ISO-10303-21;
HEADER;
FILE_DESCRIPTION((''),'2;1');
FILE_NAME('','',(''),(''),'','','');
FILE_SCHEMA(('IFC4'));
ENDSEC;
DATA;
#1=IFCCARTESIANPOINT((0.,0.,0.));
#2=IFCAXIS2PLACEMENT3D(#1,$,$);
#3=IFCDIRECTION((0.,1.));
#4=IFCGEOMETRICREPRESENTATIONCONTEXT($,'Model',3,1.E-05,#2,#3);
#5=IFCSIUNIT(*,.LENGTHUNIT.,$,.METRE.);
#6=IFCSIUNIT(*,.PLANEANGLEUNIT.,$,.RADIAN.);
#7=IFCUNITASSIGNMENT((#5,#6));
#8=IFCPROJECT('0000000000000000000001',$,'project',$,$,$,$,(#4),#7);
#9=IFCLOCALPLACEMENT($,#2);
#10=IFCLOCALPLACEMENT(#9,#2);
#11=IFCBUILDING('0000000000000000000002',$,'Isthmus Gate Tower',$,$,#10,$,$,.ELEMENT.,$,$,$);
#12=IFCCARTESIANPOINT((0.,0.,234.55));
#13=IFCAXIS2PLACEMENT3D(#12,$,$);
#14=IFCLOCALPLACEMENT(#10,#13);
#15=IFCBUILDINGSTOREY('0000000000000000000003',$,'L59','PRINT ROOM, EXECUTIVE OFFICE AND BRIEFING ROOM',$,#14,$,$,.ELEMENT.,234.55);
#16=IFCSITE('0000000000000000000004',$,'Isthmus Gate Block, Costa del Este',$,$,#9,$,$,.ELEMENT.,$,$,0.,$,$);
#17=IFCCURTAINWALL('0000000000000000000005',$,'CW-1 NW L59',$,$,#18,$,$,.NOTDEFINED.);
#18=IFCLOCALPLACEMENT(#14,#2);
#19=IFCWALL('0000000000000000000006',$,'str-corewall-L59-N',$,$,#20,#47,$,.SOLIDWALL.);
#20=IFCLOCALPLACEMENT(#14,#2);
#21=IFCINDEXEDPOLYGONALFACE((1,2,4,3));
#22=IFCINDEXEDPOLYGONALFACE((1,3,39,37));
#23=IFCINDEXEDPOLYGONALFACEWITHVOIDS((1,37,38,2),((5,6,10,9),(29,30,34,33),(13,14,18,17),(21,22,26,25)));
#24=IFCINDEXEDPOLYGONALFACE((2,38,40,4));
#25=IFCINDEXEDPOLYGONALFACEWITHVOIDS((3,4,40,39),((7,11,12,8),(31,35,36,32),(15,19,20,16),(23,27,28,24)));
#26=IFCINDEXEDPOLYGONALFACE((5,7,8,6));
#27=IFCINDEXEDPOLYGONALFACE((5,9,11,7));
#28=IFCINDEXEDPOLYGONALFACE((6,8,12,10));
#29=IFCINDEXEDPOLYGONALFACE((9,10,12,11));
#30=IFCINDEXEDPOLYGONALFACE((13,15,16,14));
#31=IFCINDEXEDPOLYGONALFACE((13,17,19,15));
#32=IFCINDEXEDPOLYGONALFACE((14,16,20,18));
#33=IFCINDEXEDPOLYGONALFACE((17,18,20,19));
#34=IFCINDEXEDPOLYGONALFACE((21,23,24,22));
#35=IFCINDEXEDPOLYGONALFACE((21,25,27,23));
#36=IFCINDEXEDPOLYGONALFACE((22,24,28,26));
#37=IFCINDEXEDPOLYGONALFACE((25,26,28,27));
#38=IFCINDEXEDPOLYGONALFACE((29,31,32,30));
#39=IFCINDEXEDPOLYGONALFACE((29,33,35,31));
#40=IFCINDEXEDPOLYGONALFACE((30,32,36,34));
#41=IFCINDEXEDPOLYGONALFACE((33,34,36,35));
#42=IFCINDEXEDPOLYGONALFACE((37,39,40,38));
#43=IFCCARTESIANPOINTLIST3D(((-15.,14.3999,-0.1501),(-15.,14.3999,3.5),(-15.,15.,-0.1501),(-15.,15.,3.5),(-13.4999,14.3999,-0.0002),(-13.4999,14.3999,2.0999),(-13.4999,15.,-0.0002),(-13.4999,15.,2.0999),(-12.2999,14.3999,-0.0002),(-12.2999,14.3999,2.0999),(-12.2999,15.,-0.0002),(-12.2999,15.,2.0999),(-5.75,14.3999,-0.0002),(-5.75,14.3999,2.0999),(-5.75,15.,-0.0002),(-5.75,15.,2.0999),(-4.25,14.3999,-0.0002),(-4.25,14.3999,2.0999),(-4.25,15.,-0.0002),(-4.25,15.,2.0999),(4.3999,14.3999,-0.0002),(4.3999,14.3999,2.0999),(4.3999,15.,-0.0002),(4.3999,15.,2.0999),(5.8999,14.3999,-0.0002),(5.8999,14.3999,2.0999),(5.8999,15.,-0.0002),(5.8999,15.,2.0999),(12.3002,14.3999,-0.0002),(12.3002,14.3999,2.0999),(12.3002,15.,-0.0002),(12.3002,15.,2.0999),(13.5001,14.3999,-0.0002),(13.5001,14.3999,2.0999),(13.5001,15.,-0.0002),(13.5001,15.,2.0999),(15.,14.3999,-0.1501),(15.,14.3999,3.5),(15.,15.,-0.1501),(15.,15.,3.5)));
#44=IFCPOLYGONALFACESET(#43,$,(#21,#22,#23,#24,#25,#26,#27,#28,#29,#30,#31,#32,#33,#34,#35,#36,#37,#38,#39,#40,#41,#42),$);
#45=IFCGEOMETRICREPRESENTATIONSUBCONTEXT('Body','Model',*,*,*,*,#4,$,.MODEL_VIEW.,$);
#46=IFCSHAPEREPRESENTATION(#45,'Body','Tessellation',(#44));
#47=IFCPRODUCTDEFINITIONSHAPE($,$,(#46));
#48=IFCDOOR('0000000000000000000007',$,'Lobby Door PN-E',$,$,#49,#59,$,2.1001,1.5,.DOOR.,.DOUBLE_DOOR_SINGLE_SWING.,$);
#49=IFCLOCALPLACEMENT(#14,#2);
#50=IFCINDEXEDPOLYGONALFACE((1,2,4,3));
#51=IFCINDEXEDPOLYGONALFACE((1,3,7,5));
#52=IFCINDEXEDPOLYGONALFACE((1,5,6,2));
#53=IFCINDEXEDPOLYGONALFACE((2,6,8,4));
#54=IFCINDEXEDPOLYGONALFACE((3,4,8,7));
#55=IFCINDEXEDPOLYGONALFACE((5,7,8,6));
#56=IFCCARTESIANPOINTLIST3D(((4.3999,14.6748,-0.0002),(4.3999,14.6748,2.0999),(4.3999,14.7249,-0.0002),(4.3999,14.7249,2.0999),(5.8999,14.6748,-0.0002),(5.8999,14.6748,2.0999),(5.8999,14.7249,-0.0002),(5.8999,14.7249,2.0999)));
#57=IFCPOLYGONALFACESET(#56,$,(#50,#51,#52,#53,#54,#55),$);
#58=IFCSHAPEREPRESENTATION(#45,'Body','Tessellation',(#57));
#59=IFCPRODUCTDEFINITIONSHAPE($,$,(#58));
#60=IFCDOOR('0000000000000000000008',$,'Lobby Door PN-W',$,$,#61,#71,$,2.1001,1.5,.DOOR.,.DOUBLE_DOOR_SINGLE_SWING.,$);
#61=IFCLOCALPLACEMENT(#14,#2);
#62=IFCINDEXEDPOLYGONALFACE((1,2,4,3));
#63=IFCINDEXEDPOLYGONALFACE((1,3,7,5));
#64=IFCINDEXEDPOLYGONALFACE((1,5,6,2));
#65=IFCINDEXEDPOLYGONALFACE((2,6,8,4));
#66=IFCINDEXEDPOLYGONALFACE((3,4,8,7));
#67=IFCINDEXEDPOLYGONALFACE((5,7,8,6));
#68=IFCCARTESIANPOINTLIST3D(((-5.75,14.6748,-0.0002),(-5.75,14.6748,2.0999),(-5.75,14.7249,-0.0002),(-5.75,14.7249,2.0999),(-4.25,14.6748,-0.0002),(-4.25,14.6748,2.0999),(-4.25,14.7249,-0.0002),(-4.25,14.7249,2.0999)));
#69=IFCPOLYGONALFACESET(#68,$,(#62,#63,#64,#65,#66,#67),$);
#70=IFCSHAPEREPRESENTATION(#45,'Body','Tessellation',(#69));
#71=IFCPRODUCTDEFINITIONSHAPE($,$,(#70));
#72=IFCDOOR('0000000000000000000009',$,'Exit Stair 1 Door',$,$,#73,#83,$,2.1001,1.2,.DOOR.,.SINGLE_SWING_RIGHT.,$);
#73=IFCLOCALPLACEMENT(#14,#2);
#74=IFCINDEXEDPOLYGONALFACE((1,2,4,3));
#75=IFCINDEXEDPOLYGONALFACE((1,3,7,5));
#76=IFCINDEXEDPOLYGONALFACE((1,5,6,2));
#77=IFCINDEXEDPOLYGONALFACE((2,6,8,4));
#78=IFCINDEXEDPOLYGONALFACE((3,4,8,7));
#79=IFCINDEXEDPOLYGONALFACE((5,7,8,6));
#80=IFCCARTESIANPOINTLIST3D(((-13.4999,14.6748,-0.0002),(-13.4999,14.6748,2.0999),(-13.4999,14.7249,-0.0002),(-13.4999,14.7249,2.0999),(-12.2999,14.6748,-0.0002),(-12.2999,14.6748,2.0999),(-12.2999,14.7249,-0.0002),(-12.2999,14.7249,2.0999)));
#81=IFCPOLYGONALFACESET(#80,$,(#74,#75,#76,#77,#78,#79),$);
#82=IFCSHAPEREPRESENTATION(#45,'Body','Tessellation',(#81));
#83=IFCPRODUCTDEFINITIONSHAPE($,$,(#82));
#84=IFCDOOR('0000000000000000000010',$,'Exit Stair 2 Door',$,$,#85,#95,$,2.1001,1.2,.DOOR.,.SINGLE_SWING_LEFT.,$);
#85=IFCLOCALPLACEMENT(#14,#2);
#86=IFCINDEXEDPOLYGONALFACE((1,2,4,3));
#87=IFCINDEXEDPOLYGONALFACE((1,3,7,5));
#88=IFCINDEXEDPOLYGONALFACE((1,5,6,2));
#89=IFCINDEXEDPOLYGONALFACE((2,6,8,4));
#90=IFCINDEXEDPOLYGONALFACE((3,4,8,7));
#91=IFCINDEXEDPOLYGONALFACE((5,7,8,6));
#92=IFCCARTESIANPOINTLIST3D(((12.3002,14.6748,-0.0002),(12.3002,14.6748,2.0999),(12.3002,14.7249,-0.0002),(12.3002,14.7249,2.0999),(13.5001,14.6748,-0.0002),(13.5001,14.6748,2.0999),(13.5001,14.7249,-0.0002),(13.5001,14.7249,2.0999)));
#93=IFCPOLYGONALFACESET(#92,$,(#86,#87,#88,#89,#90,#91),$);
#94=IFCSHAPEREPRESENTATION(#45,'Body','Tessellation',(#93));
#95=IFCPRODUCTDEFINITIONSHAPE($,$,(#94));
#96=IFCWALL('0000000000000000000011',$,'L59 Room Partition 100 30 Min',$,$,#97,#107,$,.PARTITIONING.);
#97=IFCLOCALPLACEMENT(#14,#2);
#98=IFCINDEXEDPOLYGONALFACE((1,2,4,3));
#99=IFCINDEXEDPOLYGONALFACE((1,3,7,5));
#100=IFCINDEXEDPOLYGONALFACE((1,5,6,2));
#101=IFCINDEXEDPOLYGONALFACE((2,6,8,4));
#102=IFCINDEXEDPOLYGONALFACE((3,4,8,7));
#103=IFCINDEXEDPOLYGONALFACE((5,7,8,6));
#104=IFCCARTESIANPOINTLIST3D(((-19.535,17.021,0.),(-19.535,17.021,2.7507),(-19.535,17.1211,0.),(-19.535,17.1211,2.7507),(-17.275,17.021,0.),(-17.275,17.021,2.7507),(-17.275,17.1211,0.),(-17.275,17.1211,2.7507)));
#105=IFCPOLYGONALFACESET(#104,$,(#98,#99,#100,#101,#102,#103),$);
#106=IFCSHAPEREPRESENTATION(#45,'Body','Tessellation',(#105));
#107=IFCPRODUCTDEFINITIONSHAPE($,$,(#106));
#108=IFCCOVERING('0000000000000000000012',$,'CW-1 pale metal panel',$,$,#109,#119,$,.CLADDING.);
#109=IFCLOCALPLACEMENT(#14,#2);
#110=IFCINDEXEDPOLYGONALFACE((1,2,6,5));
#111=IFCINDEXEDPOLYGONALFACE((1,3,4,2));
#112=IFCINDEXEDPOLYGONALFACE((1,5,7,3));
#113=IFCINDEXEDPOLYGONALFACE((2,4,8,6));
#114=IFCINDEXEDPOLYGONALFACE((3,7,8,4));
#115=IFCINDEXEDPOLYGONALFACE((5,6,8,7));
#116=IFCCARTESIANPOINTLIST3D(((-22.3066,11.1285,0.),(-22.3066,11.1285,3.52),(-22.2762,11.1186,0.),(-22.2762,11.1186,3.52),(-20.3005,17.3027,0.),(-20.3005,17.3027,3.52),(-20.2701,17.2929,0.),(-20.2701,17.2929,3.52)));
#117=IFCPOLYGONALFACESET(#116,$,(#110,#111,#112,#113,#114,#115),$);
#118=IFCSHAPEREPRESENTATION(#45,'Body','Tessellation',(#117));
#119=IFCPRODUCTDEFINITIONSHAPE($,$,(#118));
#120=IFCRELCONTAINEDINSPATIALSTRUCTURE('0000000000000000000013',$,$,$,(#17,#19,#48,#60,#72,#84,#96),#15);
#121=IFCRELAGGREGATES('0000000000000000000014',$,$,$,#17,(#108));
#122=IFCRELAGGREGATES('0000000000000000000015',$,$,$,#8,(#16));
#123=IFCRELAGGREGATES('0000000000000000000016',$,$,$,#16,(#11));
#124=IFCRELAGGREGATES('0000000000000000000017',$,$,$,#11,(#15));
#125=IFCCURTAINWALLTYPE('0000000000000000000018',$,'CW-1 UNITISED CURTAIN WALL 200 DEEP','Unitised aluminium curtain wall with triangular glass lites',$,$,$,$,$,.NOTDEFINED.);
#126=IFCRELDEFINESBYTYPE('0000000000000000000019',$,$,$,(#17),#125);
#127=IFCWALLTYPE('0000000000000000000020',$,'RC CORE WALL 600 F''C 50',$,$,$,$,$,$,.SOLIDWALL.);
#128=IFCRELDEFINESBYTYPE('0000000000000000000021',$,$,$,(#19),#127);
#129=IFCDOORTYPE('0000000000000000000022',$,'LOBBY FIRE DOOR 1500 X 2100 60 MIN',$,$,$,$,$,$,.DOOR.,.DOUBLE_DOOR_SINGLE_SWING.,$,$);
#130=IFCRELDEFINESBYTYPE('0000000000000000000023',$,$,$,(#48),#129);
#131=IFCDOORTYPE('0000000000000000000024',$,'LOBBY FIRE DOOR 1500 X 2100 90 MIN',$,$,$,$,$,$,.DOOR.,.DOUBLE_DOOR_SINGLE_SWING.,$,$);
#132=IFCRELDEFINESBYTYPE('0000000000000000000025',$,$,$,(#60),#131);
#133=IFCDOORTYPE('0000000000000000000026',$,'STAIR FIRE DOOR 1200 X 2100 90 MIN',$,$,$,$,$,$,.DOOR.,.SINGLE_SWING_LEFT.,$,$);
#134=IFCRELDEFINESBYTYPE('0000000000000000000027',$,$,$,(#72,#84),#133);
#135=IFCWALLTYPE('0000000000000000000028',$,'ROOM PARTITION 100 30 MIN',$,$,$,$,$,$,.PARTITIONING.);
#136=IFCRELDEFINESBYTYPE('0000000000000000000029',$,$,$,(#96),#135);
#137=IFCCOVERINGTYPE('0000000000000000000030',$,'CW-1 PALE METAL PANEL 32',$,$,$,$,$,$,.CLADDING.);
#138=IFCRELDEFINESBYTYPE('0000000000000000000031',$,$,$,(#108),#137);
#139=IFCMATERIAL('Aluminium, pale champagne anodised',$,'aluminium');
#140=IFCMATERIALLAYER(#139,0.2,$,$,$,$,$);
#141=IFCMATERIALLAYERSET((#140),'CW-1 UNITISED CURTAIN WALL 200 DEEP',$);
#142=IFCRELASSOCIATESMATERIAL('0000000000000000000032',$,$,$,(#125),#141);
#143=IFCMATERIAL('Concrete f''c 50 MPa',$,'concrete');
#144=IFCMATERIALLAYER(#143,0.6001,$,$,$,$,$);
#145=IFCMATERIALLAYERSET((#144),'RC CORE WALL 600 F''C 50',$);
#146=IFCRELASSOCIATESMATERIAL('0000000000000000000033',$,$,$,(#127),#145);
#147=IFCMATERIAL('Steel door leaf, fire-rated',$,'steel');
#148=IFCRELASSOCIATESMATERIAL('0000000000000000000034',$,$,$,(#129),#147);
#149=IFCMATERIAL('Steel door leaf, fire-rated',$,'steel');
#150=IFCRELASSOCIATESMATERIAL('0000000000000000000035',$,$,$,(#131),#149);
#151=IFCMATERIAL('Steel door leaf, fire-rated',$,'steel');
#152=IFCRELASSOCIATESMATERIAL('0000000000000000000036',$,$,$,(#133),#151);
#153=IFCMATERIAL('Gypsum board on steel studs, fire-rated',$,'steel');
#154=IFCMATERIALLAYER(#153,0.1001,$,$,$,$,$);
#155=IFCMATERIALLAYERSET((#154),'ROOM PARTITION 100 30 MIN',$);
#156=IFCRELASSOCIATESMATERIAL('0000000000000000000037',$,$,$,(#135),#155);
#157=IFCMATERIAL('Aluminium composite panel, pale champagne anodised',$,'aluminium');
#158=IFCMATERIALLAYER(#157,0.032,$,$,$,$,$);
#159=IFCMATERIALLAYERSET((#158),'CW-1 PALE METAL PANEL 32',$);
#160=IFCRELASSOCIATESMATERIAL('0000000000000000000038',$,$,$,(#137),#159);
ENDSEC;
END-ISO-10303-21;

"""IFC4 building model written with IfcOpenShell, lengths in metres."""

from ifc_helpers import new_model, si_unit, direction, frame, frame_2d, origin, origin_2d, place, context, subcontext, project, spatial, rectangle, extrude, material, layer, layer_set, type_object, element, fill, aggregate, save


model = new_model("IFC4")

# Units and contexts
model_context = context("Model", 3, precision=1e-05, world=origin(), true_north=direction((0.0, 1.0)))
body_context = subcontext(model_context, "Body", "Model", "MODEL_VIEW")
ifc_project = project(units=[si_unit("LENGTHUNIT", "METRE"), si_unit("PLANEANGLEUNIT", "RADIAN")], contexts=[model_context])

# Site, building, storey
site_placement = place(None, origin())
site = spatial("IfcSite", under=ifc_project, at=site_placement, Name="Isthmus Gate Block, Costa del Este", CompositionType="ELEMENT", RefElevation=0.0)
building_placement = place(site_placement, origin())
building = spatial("IfcBuilding", under=site, at=building_placement, Name="Isthmus Gate Tower", CompositionType="ELEMENT")
storey_placement = place(building_placement, frame((0.0, 0.0, 234.55)))
storey = spatial("IfcBuildingStorey", under=building, at=storey_placement, Name="L59", Description="PRINT ROOM, EXECUTIVE OFFICE AND BRIEFING ROOM", CompositionType="ELEMENT", Elevation=234.55)

# Curtain wall
ifc_material_1 = material(Name="Aluminium, pale champagne anodised", Category="aluminium")
ifc_layer_1 = layer(ifc_material_1, 0.2)
ifc_layer_set_1 = layer_set([ifc_layer_1], Name="CW-1 UNITISED CURTAIN WALL 200 DEEP")
curtain_wall_type = type_object("IfcCurtainWallType", Name="CW-1 UNITISED CURTAIN WALL 200 DEEP", Description="Unitised aluminium curtain wall with triangular glass lites", PredefinedType="NOTDEFINED", material=ifc_layer_set_1)
curtain_wall_1_placement = place(storey_placement, origin())
curtain_wall_1 = element("IfcCurtainWall", 1, at=curtain_wall_1_placement, inside=storey, type_object=curtain_wall_type, Name="CW-1 NW L59", PredefinedType="NOTDEFINED")

# Wall, openings, doors
ifc_material_2 = material(Name="Concrete f'c 50 MPa", Category="concrete")
ifc_layer_2 = layer(ifc_material_2, 0.6001)
ifc_layer_set_2 = layer_set([ifc_layer_2], Name="RC CORE WALL 600 F'C 50")
wall_type_1 = type_object("IfcWallType", Name="RC CORE WALL 600 F'C 50", PredefinedType="SOLIDWALL", material=ifc_layer_set_2)
wall_1_placement = place(storey_placement, frame((-15.0, 14.7, -0.1501), z_axis=(0.0, 0.0, 1.0), x_axis=(1.0, 0.0, 0.0)))
wall_1 = element("IfcWall", 2, at=wall_1_placement, inside=storey, type_object=wall_type_1, Name="str-corewall-L59-N", PredefinedType="SOLIDWALL", context=body_context, shape_type="SweptSolid", body=[
    extrude(rectangle(XDim=30.0, YDim=0.6001, at=frame_2d((15.0, 0.0))), origin(), (0.0, 0.0, 1.0), 3.6501),
])
opening_1_placement = place(wall_1_placement, frame((9.25, 0.0, 0.1499)))
opening_1 = element("IfcOpeningElement", 3, at=opening_1_placement, cuts=wall_1, PredefinedType="OPENING", context=body_context, shape_type="SweptSolid", body=[
    extrude(rectangle(XDim=1.5, YDim=2.1001, at=frame_2d((0.75, 1.05))), frame((0.0, 0.3101, 0.0), z_axis=(0.0, -1.0, 0.0), x_axis=(1.0, 0.0, 0.0)), (0.0, 0.0, 1.0), 0.6201),
])
opening_2_placement = place(wall_1_placement, frame((19.3999, 0.0, 0.1499)))
opening_2 = element("IfcOpeningElement", 4, at=opening_2_placement, cuts=wall_1, PredefinedType="OPENING", context=body_context, shape_type="SweptSolid", body=[
    extrude(rectangle(XDim=1.5, YDim=2.1001, at=frame_2d((0.75, 1.05))), frame((0.0, 0.3101, 0.0), z_axis=(0.0, -1.0, 0.0), x_axis=(1.0, 0.0, 0.0)), (0.0, 0.0, 1.0), 0.6201),
])
opening_3_placement = place(wall_1_placement, frame((1.5, 0.0, 0.1499)))
opening_3 = element("IfcOpeningElement", 5, at=opening_3_placement, cuts=wall_1, PredefinedType="OPENING", context=body_context, shape_type="SweptSolid", body=[
    extrude(rectangle(XDim=1.2, YDim=2.1001, at=frame_2d((0.6001, 1.05))), frame((0.0, 0.3101, 0.0), z_axis=(0.0, -1.0, 0.0), x_axis=(1.0, 0.0, 0.0)), (0.0, 0.0, 1.0), 0.6201),
])
opening_4_placement = place(wall_1_placement, frame((27.3, 0.0, 0.1499)))
opening_4 = element("IfcOpeningElement", 6, at=opening_4_placement, cuts=wall_1, PredefinedType="OPENING", context=body_context, shape_type="SweptSolid", body=[
    extrude(rectangle(XDim=1.2, YDim=2.1001, at=frame_2d((0.6001, 1.05))), frame((0.0, 0.3101, 0.0), z_axis=(0.0, -1.0, 0.0), x_axis=(1.0, 0.0, 0.0)), (0.0, 0.0, 1.0), 0.6201),
])
ifc_material_3 = material(Name="Steel door leaf, fire-rated", Category="steel")
door_type_1 = type_object("IfcDoorType", Name="LOBBY FIRE DOOR 1500 X 2100 60 MIN", OperationType="DOUBLE_DOOR_SINGLE_SWING", PredefinedType="DOOR", material=ifc_material_3)
door_1_placement = place(opening_2_placement, origin())
door_1 = element("IfcDoor", 7, at=door_1_placement, inside=storey, type_object=door_type_1, Name="Lobby Door PN-E", OperationType="DOUBLE_DOOR_SINGLE_SWING", OverallHeight=2.1001, OverallWidth=1.5, PredefinedType="DOOR", context=body_context, shape_type="SweptSolid", body=[
    extrude(rectangle(XDim=1.5, YDim=2.1001, at=frame_2d((0.75, 1.05))), frame((0.0, 0.0249, 0.0), z_axis=(0.0, -1.0, 0.0), x_axis=(1.0, 0.0, 0.0)), (0.0, 0.0, 1.0), 0.05),
])
fill(opening_2, door_1)
ifc_material_4 = material(Name="Steel door leaf, fire-rated", Category="steel")
door_type_2 = type_object("IfcDoorType", Name="LOBBY FIRE DOOR 1500 X 2100 90 MIN", OperationType="DOUBLE_DOOR_SINGLE_SWING", PredefinedType="DOOR", material=ifc_material_4)
door_2_placement = place(opening_1_placement, origin())
door_2 = element("IfcDoor", 8, at=door_2_placement, inside=storey, type_object=door_type_2, Name="Lobby Door PN-W", OperationType="DOUBLE_DOOR_SINGLE_SWING", OverallHeight=2.1001, OverallWidth=1.5, PredefinedType="DOOR", context=body_context, shape_type="SweptSolid", body=[
    extrude(rectangle(XDim=1.5, YDim=2.1001, at=frame_2d((0.75, 1.05))), frame((0.0, 0.0249, 0.0), z_axis=(0.0, -1.0, 0.0), x_axis=(1.0, 0.0, 0.0)), (0.0, 0.0, 1.0), 0.05),
])
fill(opening_1, door_2)
ifc_material_5 = material(Name="Steel door leaf, fire-rated", Category="steel")
door_type_3 = type_object("IfcDoorType", Name="STAIR FIRE DOOR 1200 X 2100 90 MIN", OperationType="SINGLE_SWING_LEFT", PredefinedType="DOOR", material=ifc_material_5)
door_3_placement = place(opening_3_placement, origin())
door_3 = element("IfcDoor", 9, at=door_3_placement, inside=storey, type_object=door_type_3, Name="Exit Stair 1 Door", OperationType="SINGLE_SWING_RIGHT", OverallHeight=2.1001, OverallWidth=1.2, PredefinedType="DOOR", context=body_context, shape_type="SweptSolid", body=[
    extrude(rectangle(XDim=1.2, YDim=2.1001, at=frame_2d((0.6001, 1.05))), frame((0.0, 0.0249, 0.0), z_axis=(0.0, -1.0, 0.0), x_axis=(1.0, 0.0, 0.0)), (0.0, 0.0, 1.0), 0.05),
])
fill(opening_3, door_3)
door_4_placement = place(opening_4_placement, origin())
door_4 = element("IfcDoor", 10, at=door_4_placement, inside=storey, type_object=door_type_3, Name="Exit Stair 2 Door", OperationType="SINGLE_SWING_LEFT", OverallHeight=2.1001, OverallWidth=1.2, PredefinedType="DOOR", context=body_context, shape_type="SweptSolid", body=[
    extrude(rectangle(XDim=1.2, YDim=2.1001, at=frame_2d((0.6001, 1.05))), frame((0.0, 0.0249, 0.0), z_axis=(0.0, -1.0, 0.0), x_axis=(1.0, 0.0, 0.0)), (0.0, 0.0, 1.0), 0.05),
])
fill(opening_4, door_4)

# Wall
ifc_material_6 = material(Name="Gypsum board on steel studs, fire-rated", Category="steel")
ifc_layer_3 = layer(ifc_material_6, 0.1001)
ifc_layer_set_3 = layer_set([ifc_layer_3], Name="ROOM PARTITION 100 30 MIN")
wall_type_2 = type_object("IfcWallType", Name="ROOM PARTITION 100 30 MIN", PredefinedType="PARTITIONING", material=ifc_layer_set_3)
wall_2_placement = place(storey_placement, frame((-19.5349, 17.071, 0.0), z_axis=(0.0, 0.0, 1.0), x_axis=(1.0, 0.0, 0.0)))
element("IfcWall", 11, at=wall_2_placement, inside=storey, type_object=wall_type_2, Name="L59 Room Partition 100 30 Min", PredefinedType="PARTITIONING", context=body_context, shape_type="SweptSolid", body=[
    extrude(rectangle(XDim=2.26, YDim=0.1001, at=frame_2d((1.1299, 0.0))), origin(), (0.0, 0.0, 1.0), 2.7507),
])

# Covering
ifc_material_7 = material(Name="Aluminium composite panel, pale champagne anodised", Category="aluminium")
ifc_layer_4 = layer(ifc_material_7, 0.032)
ifc_layer_set_4 = layer_set([ifc_layer_4], Name="CW-1 PALE METAL PANEL 32")
covering_type = type_object("IfcCoveringType", Name="CW-1 PALE METAL PANEL 32", PredefinedType="CLADDING", material=ifc_layer_set_4)
covering_placement = place(storey_placement, frame((-21.2883, 14.2107, 0.0), z_axis=(0.0, 0.0, 1.0), x_axis=(-0.309017, -0.951057, 0.0)))
covering = element("IfcCovering", 12, at=covering_placement, type_object=covering_type, Name="CW-1 pale metal panel", PredefinedType="CLADDING", context=body_context, shape_type="SweptSolid", body=[
    extrude(rectangle(XDim=6.4919, YDim=0.032, at=origin_2d()), origin(), (0.0, 0.0, 1.0), 3.52),
])
aggregate(curtain_wall_1, [covering])

save(model, "model.ifc")
